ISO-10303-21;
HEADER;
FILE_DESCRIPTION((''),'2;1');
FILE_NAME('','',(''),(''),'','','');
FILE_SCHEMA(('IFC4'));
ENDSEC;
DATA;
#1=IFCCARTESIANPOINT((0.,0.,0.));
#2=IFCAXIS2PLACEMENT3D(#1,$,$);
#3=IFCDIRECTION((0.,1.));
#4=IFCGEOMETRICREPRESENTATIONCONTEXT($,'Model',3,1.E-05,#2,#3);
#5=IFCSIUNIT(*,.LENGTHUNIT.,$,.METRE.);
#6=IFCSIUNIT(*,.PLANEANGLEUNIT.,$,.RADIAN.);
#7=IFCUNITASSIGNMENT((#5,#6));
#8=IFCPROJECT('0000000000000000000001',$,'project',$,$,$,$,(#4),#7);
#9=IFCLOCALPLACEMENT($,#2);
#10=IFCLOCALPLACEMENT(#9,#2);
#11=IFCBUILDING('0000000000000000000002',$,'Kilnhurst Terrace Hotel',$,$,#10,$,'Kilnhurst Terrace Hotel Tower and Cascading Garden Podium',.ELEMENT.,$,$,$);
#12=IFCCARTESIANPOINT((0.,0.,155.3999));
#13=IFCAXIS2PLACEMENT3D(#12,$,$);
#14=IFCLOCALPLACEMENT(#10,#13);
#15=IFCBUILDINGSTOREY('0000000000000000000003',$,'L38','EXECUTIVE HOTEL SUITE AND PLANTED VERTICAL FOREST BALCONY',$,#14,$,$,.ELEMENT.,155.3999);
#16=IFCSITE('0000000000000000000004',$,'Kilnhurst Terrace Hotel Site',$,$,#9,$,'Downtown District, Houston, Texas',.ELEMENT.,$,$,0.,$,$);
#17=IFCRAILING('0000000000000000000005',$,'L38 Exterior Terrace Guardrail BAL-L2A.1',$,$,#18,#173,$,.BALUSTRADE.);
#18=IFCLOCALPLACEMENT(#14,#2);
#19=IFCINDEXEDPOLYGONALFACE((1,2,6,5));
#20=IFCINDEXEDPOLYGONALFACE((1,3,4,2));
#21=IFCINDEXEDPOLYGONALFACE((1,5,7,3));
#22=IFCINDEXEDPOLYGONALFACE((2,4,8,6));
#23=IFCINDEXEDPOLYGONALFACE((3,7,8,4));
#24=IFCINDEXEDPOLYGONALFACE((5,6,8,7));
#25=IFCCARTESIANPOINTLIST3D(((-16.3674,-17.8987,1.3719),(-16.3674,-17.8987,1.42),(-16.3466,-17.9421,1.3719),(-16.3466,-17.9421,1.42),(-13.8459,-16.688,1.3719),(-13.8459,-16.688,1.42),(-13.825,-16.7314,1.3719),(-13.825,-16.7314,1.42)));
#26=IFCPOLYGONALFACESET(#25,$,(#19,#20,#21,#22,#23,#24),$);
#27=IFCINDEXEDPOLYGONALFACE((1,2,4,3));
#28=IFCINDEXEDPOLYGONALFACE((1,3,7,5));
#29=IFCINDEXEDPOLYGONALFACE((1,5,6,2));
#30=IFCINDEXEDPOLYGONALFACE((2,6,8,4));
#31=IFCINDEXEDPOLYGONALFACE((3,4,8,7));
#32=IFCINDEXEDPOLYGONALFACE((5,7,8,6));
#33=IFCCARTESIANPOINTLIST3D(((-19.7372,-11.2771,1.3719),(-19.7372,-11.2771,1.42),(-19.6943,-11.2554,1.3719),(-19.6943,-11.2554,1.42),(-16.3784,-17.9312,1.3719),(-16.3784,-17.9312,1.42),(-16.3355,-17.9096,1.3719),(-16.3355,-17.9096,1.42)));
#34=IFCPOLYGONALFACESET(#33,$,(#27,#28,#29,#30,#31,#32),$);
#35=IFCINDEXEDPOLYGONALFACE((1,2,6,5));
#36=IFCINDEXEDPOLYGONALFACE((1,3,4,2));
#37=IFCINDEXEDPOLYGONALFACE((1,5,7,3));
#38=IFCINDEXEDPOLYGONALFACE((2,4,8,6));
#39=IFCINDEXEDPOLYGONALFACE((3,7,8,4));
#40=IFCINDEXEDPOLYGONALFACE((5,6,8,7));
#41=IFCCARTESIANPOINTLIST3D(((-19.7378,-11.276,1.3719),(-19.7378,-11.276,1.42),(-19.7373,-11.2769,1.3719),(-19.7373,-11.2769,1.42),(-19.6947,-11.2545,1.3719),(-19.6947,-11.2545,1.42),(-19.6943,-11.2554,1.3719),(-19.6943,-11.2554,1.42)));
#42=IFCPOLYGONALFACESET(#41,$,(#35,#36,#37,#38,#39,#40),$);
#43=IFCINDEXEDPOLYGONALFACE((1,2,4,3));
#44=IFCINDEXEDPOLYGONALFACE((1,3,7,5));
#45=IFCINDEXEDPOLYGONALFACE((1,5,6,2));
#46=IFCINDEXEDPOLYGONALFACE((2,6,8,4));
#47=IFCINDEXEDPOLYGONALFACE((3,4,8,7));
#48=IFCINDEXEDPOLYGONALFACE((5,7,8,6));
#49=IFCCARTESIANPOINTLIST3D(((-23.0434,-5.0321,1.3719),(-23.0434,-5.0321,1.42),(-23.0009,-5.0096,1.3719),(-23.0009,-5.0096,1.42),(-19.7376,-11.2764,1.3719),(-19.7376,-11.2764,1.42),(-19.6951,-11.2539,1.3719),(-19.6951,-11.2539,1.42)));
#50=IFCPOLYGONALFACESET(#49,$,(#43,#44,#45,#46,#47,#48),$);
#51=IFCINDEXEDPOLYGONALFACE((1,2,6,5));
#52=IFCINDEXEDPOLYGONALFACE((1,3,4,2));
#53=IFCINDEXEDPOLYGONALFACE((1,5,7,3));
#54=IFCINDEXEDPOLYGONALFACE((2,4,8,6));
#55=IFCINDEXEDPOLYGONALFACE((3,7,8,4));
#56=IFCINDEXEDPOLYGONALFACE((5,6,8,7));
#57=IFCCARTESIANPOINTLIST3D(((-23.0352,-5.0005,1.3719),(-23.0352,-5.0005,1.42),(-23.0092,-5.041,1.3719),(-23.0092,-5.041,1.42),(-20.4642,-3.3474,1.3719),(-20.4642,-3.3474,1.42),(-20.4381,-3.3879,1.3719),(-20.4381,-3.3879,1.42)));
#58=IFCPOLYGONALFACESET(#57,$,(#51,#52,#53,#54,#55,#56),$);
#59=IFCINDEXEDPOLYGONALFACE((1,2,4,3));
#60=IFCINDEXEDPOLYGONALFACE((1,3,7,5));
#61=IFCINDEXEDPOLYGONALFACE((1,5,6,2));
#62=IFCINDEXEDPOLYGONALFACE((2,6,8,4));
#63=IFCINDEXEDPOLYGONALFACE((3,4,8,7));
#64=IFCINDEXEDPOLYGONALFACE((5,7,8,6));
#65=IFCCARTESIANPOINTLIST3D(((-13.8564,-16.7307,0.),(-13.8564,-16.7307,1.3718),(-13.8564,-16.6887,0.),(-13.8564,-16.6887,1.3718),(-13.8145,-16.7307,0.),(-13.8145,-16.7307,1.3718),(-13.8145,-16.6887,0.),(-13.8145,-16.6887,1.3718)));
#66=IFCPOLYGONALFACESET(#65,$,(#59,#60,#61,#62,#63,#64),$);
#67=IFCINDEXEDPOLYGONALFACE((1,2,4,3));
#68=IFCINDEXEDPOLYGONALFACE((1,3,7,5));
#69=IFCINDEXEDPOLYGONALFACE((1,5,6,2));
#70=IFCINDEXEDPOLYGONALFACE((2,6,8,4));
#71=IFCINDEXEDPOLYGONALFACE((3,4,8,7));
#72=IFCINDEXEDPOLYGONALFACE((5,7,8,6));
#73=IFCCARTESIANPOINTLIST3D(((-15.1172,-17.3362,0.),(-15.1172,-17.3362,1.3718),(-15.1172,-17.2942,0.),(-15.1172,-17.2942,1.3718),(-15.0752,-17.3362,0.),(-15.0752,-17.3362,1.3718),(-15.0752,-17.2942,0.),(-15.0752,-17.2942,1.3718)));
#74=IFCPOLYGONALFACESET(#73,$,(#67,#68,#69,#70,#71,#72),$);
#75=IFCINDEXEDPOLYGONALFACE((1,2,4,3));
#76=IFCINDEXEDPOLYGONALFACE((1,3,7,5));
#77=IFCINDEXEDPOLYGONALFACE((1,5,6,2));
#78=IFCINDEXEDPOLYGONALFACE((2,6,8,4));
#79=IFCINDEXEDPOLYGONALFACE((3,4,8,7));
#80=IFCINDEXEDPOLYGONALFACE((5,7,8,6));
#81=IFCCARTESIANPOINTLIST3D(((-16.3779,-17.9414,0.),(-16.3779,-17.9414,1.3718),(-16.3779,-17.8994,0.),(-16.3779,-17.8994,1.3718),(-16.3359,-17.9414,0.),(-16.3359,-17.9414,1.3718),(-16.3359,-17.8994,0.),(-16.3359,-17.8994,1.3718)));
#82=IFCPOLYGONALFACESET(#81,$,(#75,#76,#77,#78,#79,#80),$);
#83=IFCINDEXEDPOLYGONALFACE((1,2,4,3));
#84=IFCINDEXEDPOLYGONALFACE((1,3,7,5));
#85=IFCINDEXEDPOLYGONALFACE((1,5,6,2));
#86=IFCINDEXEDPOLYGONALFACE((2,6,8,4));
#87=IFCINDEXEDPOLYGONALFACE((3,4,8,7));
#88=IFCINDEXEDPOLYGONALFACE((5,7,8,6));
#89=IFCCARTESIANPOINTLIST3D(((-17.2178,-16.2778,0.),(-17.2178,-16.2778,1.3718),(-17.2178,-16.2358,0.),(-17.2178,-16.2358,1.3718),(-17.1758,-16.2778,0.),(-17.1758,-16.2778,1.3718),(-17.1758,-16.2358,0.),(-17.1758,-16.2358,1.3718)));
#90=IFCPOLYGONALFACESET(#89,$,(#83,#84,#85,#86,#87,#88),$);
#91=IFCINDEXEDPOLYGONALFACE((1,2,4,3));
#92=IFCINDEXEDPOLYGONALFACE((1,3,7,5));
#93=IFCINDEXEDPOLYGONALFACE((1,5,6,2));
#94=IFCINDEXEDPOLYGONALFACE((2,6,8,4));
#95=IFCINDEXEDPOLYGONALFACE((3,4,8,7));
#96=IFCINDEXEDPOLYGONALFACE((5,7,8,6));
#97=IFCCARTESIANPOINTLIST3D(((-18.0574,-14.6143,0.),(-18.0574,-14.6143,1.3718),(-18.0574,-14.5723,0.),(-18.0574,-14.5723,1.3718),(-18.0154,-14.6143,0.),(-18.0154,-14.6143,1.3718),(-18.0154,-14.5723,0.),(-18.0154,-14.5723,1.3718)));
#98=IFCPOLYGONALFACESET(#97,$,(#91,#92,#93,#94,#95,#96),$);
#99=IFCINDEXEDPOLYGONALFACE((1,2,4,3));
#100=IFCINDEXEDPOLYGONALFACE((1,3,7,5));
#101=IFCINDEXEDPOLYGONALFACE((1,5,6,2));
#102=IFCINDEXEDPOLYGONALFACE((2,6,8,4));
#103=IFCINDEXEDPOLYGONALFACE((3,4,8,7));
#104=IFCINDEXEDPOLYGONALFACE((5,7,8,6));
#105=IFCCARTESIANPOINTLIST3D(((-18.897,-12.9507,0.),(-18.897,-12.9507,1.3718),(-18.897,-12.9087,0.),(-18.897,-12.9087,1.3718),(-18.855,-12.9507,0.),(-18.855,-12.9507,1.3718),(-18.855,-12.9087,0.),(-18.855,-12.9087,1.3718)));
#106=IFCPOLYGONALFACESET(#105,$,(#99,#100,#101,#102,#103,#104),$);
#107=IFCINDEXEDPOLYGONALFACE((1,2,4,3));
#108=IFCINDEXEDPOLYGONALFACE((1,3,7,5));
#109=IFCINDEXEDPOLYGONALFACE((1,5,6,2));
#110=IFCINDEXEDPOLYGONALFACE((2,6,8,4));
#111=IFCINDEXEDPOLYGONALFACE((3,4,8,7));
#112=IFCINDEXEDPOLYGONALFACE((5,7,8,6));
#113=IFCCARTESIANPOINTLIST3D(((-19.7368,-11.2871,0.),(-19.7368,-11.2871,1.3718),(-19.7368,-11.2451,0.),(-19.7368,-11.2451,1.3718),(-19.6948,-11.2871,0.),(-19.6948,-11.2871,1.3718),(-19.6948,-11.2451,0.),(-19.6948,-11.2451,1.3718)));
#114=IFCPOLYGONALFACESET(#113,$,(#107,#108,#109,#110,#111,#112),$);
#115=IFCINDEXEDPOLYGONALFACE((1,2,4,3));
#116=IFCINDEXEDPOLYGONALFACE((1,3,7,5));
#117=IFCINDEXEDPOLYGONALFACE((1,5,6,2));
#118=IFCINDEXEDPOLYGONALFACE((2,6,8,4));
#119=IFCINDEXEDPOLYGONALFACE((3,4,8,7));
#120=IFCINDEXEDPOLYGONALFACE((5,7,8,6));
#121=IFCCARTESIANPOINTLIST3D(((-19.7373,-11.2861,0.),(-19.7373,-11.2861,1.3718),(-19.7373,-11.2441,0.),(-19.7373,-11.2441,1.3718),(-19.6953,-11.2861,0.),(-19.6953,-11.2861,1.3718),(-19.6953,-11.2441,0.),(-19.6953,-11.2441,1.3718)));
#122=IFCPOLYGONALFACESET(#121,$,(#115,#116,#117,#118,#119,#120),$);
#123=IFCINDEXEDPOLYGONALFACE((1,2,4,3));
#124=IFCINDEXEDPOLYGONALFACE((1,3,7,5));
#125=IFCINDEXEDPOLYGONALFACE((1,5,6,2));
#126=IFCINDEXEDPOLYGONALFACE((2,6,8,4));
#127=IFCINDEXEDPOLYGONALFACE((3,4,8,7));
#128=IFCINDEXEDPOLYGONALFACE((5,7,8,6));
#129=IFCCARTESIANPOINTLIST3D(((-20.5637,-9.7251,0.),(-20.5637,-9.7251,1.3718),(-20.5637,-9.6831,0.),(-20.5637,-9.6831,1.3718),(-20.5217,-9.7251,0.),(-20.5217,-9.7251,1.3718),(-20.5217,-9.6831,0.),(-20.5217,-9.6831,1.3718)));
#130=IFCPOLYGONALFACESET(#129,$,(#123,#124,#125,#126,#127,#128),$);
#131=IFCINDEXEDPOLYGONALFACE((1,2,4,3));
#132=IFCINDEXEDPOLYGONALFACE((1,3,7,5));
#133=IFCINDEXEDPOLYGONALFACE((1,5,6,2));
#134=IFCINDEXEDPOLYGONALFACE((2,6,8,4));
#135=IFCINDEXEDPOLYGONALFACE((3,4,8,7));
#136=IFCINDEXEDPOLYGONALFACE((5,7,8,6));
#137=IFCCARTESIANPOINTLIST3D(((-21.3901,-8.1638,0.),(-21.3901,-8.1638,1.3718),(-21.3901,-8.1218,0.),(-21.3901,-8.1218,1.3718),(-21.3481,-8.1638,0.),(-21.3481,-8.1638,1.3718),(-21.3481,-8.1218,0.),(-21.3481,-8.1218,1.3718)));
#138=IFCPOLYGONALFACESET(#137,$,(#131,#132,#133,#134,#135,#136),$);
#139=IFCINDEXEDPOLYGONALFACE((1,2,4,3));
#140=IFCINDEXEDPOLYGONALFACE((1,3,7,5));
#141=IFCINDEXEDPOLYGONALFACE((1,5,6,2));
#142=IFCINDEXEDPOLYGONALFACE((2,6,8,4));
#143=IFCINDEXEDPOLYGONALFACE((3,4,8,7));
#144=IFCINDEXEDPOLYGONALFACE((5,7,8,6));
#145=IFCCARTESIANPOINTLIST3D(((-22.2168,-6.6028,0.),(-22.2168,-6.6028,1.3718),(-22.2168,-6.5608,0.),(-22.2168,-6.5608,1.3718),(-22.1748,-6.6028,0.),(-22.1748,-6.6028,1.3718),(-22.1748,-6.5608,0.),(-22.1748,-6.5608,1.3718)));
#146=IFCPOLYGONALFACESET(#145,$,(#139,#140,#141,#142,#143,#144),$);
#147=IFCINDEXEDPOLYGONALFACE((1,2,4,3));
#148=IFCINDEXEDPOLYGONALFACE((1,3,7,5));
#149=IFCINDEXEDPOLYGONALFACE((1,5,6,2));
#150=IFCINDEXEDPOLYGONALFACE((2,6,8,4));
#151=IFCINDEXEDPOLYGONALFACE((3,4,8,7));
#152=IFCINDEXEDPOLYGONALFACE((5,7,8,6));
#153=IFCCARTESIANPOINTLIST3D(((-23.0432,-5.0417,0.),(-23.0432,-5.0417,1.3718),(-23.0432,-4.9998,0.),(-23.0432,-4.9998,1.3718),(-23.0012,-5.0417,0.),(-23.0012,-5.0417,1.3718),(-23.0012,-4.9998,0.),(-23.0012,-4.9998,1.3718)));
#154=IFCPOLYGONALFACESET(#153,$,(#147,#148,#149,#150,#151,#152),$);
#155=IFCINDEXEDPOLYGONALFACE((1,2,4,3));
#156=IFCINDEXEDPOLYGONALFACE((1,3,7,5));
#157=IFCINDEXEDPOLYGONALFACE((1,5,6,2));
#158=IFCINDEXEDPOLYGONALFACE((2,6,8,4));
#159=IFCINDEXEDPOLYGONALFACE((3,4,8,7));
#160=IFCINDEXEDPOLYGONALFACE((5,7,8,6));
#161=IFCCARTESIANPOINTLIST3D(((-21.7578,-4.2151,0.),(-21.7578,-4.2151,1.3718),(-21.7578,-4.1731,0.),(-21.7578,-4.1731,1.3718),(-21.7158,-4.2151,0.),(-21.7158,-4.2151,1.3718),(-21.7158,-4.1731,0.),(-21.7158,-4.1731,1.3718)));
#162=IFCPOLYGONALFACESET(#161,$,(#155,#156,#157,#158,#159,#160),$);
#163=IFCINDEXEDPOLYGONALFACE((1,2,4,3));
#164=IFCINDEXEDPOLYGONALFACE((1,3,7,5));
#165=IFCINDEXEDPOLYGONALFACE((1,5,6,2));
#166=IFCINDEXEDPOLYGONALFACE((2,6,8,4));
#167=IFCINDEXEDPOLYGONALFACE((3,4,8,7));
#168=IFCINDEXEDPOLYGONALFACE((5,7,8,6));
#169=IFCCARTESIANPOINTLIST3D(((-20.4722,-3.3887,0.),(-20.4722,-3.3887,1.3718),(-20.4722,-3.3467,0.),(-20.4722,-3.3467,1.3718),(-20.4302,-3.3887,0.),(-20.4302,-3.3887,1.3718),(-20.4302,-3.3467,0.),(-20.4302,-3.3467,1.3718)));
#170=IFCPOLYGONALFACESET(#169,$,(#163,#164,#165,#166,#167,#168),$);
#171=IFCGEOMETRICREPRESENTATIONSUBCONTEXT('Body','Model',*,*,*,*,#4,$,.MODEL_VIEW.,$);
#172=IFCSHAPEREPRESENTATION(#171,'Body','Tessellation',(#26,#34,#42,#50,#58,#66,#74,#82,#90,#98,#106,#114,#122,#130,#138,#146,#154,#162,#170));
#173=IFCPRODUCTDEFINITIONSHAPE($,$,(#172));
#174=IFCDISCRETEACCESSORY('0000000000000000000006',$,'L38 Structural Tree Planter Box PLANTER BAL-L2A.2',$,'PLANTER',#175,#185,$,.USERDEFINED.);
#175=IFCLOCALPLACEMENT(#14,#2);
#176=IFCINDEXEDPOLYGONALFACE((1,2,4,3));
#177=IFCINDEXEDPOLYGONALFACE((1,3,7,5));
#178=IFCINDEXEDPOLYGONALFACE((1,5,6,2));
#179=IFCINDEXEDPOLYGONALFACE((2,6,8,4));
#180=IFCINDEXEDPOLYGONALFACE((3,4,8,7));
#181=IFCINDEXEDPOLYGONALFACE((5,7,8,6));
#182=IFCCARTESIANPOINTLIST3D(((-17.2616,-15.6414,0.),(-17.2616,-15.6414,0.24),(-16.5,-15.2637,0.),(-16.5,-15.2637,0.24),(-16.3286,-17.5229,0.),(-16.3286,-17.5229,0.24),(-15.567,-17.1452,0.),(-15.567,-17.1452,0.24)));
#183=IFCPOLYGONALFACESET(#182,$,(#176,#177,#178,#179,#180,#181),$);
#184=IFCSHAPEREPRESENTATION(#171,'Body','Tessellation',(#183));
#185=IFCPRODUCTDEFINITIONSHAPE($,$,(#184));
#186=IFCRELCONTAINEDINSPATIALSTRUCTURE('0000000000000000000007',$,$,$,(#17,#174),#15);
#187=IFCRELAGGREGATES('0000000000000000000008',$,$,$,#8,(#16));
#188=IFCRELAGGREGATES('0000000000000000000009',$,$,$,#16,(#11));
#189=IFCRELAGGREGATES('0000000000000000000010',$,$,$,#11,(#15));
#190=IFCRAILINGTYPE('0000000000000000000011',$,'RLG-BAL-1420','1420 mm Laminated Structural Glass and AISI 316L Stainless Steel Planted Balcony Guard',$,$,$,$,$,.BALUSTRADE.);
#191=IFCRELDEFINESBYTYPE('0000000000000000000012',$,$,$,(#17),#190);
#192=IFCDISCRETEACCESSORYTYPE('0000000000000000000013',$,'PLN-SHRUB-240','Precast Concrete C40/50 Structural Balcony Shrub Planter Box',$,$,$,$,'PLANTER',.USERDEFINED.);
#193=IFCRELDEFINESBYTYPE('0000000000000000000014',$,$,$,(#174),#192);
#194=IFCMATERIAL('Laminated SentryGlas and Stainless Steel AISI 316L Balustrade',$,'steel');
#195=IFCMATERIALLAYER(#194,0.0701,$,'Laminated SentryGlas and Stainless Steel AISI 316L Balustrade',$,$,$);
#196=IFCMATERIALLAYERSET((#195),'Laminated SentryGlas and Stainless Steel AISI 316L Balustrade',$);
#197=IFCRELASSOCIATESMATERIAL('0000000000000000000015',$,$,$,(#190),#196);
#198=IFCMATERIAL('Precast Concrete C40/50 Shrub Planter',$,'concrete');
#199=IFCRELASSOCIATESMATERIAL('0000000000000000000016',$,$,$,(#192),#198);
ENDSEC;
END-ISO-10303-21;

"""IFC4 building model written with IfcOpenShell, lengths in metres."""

from ifc_helpers import new_model, si_unit, direction, frame, origin, origin_2d, place, context, subcontext, project, spatial, rectangle, extrude, material, layer, layer_set, type_object, element, save


model = new_model("IFC4")

# Units and contexts
model_context = context("Model", 3, precision=1e-05, world=origin(), true_north=direction((0.0, 1.0)))
body_context = subcontext(model_context, "Body", "Model", "MODEL_VIEW")
ifc_project = project(units=[si_unit("LENGTHUNIT", "METRE"), si_unit("PLANEANGLEUNIT", "RADIAN")], contexts=[model_context])

# Site, building, storey
site_placement = place(None, origin())
site = spatial("IfcSite", under=ifc_project, at=site_placement, Name="Kilnhurst Terrace Hotel Site", LongName="Downtown District, Houston, Texas", CompositionType="ELEMENT", RefElevation=0.0)
building_placement = place(site_placement, origin())
building = spatial("IfcBuilding", under=site, at=building_placement, Name="Kilnhurst Terrace Hotel", LongName="Kilnhurst Terrace Hotel Tower and Cascading Garden Podium", CompositionType="ELEMENT")
storey_placement = place(building_placement, frame((0.0, 0.0, 155.3999)))
storey = spatial("IfcBuildingStorey", under=building, at=storey_placement, Name="L38", Description="EXECUTIVE HOTEL SUITE AND PLANTED VERTICAL FOREST BALCONY", CompositionType="ELEMENT", Elevation=155.3999)

# Railing
ifc_material_1 = material(Name="Laminated SentryGlas and Stainless Steel AISI 316L Balustrade", Category="steel")
ifc_layer_1 = layer(ifc_material_1, 0.0701, Name="Laminated SentryGlas and Stainless Steel AISI 316L Balustrade")
ifc_layer_set_1 = layer_set([ifc_layer_1], Name="Laminated SentryGlas and Stainless Steel AISI 316L Balustrade")
railing_type = type_object("IfcRailingType", Name="RLG-BAL-1420", Description="1420 mm Laminated Structural Glass and AISI 316L Stainless Steel Planted Balcony Guard", PredefinedType="BALUSTRADE", material=ifc_layer_set_1)
railing_placement = place(storey_placement, frame((-13.8354, -16.7097, 0.0)))
element("IfcRailing", 1, at=railing_placement, inside=storey, type_object=railing_type, Name="L38 Exterior Terrace Guardrail BAL-L2A.1", PredefinedType="BALUSTRADE", context=body_context, shape_type="SweptSolid", body=[
    extrude(rectangle(XDim=0.0481, YDim=0.0481, at=origin_2d()), frame((0.0, 0.0, 1.396), z_axis=(-0.90147, -0.432842, 0.0), x_axis=(0.432842, -0.90147, 0.0)), (0.0, 0.0, 1.0), 2.7971),
    extrude(rectangle(XDim=0.0481, YDim=0.0481, at=origin_2d()), frame((-2.5215, -1.2107, 1.396), z_axis=(-0.450617, 0.892718, 0.0), x_axis=(-0.892718, -0.450617, 0.0)), (0.0, 0.0, 1.0), 7.4539),
    extrude(rectangle(XDim=0.0481, YDim=0.0481, at=origin_2d()), frame((-5.8804, 5.4436, 1.396), z_axis=(-0.447214, 0.894427, 0.0), x_axis=(-0.894427, -0.447214, 0.0)), (0.0, 0.0, 1.0), 0.001),
    extrude(rectangle(XDim=0.0481, YDim=0.0481, at=origin_2d()), frame((-5.8809, 5.4446, 1.396), z_axis=(-0.467894, 0.883785, 0.0), x_axis=(-0.883785, -0.467894, 0.0)), (0.0, 0.0, 1.0), 7.0654),
    extrude(rectangle(XDim=0.0481, YDim=0.0481, at=origin_2d()), frame((-9.1868, 11.689, 1.396), z_axis=(0.84114, 0.540818, 0.0), x_axis=(-0.540818, 0.84114, 0.0)), (0.0, 0.0, 1.0), 3.0566),
    extrude(rectangle(XDim=0.042, YDim=0.042, at=origin_2d()), origin(), (0.0, 0.0, 1.0), 1.3718),
    extrude(rectangle(XDim=0.042, YDim=0.042, at=origin_2d()), frame((-1.2607, -0.6055, 0.0)), (0.0, 0.0, 1.0), 1.3718),
    extrude(rectangle(XDim=0.042, YDim=0.042, at=origin_2d()), frame((-2.5215, -1.2107, 0.0)), (0.0, 0.0, 1.0), 1.3718),
    extrude(rectangle(XDim=0.042, YDim=0.042, at=origin_2d()), frame((-3.3613, 0.4529, 0.0)), (0.0, 0.0, 1.0), 1.3718),
    extrude(rectangle(XDim=0.042, YDim=0.042, at=origin_2d()), frame((-4.2009, 2.1165, 0.0)), (0.0, 0.0, 1.0), 1.3718),
    extrude(rectangle(XDim=0.042, YDim=0.042, at=origin_2d()), frame((-5.0405, 3.78, 0.0)), (0.0, 0.0, 1.0), 1.3718),
    extrude(rectangle(XDim=0.042, YDim=0.042, at=origin_2d()), frame((-5.8804, 5.4436, 0.0)), (0.0, 0.0, 1.0), 1.3718),
    extrude(rectangle(XDim=0.042, YDim=0.042, at=origin_2d()), frame((-5.8809, 5.4446, 0.0)), (0.0, 0.0, 1.0), 1.3718),
    extrude(rectangle(XDim=0.042, YDim=0.042, at=origin_2d()), frame((-6.7073, 7.0056, 0.0)), (0.0, 0.0, 1.0), 1.3718),
    extrude(rectangle(XDim=0.042, YDim=0.042, at=origin_2d()), frame((-7.5337, 8.5669, 0.0)), (0.0, 0.0, 1.0), 1.3718),
    extrude(rectangle(XDim=0.042, YDim=0.042, at=origin_2d()), frame((-8.3604, 10.1279, 0.0)), (0.0, 0.0, 1.0), 1.3718),
    extrude(rectangle(XDim=0.042, YDim=0.042, at=origin_2d()), frame((-9.1868, 11.689, 0.0)), (0.0, 0.0, 1.0), 1.3718),
    extrude(rectangle(XDim=0.042, YDim=0.042, at=origin_2d()), frame((-7.9014, 12.5156, 0.0)), (0.0, 0.0, 1.0), 1.3718),
    extrude(rectangle(XDim=0.042, YDim=0.042, at=origin_2d()), frame((-6.6157, 13.342, 0.0)), (0.0, 0.0, 1.0), 1.3718),
])

# Discrete accessory
ifc_material_2 = material(Name="Precast Concrete C40/50 Shrub Planter", Category="concrete")
discrete_accessory_type = type_object("IfcDiscreteAccessoryType", Name="PLN-SHRUB-240", Description="Precast Concrete C40/50 Structural Balcony Shrub Planter Box", ElementType="PLANTER", PredefinedType="USERDEFINED", material=ifc_material_2)
discrete_accessory_placement = place(storey_placement, frame((-16.4143, -16.3933, 0.0), z_axis=(0.0, 0.0, 1.0), x_axis=(0.444244, -0.895906, 0.0)))
element("IfcDiscreteAccessory", 2, at=discrete_accessory_placement, inside=storey, type_object=discrete_accessory_type, Name="L38 Structural Tree Planter Box PLANTER BAL-L2A.2", ObjectType="PLANTER", PredefinedType="USERDEFINED", context=body_context, shape_type="SweptSolid", body=[
    extrude(rectangle(XDim=2.1001, YDim=0.8501, at=origin_2d()), origin(), (0.0, 0.0, 1.0), 0.24),
])

save(model, "model.ifc")
